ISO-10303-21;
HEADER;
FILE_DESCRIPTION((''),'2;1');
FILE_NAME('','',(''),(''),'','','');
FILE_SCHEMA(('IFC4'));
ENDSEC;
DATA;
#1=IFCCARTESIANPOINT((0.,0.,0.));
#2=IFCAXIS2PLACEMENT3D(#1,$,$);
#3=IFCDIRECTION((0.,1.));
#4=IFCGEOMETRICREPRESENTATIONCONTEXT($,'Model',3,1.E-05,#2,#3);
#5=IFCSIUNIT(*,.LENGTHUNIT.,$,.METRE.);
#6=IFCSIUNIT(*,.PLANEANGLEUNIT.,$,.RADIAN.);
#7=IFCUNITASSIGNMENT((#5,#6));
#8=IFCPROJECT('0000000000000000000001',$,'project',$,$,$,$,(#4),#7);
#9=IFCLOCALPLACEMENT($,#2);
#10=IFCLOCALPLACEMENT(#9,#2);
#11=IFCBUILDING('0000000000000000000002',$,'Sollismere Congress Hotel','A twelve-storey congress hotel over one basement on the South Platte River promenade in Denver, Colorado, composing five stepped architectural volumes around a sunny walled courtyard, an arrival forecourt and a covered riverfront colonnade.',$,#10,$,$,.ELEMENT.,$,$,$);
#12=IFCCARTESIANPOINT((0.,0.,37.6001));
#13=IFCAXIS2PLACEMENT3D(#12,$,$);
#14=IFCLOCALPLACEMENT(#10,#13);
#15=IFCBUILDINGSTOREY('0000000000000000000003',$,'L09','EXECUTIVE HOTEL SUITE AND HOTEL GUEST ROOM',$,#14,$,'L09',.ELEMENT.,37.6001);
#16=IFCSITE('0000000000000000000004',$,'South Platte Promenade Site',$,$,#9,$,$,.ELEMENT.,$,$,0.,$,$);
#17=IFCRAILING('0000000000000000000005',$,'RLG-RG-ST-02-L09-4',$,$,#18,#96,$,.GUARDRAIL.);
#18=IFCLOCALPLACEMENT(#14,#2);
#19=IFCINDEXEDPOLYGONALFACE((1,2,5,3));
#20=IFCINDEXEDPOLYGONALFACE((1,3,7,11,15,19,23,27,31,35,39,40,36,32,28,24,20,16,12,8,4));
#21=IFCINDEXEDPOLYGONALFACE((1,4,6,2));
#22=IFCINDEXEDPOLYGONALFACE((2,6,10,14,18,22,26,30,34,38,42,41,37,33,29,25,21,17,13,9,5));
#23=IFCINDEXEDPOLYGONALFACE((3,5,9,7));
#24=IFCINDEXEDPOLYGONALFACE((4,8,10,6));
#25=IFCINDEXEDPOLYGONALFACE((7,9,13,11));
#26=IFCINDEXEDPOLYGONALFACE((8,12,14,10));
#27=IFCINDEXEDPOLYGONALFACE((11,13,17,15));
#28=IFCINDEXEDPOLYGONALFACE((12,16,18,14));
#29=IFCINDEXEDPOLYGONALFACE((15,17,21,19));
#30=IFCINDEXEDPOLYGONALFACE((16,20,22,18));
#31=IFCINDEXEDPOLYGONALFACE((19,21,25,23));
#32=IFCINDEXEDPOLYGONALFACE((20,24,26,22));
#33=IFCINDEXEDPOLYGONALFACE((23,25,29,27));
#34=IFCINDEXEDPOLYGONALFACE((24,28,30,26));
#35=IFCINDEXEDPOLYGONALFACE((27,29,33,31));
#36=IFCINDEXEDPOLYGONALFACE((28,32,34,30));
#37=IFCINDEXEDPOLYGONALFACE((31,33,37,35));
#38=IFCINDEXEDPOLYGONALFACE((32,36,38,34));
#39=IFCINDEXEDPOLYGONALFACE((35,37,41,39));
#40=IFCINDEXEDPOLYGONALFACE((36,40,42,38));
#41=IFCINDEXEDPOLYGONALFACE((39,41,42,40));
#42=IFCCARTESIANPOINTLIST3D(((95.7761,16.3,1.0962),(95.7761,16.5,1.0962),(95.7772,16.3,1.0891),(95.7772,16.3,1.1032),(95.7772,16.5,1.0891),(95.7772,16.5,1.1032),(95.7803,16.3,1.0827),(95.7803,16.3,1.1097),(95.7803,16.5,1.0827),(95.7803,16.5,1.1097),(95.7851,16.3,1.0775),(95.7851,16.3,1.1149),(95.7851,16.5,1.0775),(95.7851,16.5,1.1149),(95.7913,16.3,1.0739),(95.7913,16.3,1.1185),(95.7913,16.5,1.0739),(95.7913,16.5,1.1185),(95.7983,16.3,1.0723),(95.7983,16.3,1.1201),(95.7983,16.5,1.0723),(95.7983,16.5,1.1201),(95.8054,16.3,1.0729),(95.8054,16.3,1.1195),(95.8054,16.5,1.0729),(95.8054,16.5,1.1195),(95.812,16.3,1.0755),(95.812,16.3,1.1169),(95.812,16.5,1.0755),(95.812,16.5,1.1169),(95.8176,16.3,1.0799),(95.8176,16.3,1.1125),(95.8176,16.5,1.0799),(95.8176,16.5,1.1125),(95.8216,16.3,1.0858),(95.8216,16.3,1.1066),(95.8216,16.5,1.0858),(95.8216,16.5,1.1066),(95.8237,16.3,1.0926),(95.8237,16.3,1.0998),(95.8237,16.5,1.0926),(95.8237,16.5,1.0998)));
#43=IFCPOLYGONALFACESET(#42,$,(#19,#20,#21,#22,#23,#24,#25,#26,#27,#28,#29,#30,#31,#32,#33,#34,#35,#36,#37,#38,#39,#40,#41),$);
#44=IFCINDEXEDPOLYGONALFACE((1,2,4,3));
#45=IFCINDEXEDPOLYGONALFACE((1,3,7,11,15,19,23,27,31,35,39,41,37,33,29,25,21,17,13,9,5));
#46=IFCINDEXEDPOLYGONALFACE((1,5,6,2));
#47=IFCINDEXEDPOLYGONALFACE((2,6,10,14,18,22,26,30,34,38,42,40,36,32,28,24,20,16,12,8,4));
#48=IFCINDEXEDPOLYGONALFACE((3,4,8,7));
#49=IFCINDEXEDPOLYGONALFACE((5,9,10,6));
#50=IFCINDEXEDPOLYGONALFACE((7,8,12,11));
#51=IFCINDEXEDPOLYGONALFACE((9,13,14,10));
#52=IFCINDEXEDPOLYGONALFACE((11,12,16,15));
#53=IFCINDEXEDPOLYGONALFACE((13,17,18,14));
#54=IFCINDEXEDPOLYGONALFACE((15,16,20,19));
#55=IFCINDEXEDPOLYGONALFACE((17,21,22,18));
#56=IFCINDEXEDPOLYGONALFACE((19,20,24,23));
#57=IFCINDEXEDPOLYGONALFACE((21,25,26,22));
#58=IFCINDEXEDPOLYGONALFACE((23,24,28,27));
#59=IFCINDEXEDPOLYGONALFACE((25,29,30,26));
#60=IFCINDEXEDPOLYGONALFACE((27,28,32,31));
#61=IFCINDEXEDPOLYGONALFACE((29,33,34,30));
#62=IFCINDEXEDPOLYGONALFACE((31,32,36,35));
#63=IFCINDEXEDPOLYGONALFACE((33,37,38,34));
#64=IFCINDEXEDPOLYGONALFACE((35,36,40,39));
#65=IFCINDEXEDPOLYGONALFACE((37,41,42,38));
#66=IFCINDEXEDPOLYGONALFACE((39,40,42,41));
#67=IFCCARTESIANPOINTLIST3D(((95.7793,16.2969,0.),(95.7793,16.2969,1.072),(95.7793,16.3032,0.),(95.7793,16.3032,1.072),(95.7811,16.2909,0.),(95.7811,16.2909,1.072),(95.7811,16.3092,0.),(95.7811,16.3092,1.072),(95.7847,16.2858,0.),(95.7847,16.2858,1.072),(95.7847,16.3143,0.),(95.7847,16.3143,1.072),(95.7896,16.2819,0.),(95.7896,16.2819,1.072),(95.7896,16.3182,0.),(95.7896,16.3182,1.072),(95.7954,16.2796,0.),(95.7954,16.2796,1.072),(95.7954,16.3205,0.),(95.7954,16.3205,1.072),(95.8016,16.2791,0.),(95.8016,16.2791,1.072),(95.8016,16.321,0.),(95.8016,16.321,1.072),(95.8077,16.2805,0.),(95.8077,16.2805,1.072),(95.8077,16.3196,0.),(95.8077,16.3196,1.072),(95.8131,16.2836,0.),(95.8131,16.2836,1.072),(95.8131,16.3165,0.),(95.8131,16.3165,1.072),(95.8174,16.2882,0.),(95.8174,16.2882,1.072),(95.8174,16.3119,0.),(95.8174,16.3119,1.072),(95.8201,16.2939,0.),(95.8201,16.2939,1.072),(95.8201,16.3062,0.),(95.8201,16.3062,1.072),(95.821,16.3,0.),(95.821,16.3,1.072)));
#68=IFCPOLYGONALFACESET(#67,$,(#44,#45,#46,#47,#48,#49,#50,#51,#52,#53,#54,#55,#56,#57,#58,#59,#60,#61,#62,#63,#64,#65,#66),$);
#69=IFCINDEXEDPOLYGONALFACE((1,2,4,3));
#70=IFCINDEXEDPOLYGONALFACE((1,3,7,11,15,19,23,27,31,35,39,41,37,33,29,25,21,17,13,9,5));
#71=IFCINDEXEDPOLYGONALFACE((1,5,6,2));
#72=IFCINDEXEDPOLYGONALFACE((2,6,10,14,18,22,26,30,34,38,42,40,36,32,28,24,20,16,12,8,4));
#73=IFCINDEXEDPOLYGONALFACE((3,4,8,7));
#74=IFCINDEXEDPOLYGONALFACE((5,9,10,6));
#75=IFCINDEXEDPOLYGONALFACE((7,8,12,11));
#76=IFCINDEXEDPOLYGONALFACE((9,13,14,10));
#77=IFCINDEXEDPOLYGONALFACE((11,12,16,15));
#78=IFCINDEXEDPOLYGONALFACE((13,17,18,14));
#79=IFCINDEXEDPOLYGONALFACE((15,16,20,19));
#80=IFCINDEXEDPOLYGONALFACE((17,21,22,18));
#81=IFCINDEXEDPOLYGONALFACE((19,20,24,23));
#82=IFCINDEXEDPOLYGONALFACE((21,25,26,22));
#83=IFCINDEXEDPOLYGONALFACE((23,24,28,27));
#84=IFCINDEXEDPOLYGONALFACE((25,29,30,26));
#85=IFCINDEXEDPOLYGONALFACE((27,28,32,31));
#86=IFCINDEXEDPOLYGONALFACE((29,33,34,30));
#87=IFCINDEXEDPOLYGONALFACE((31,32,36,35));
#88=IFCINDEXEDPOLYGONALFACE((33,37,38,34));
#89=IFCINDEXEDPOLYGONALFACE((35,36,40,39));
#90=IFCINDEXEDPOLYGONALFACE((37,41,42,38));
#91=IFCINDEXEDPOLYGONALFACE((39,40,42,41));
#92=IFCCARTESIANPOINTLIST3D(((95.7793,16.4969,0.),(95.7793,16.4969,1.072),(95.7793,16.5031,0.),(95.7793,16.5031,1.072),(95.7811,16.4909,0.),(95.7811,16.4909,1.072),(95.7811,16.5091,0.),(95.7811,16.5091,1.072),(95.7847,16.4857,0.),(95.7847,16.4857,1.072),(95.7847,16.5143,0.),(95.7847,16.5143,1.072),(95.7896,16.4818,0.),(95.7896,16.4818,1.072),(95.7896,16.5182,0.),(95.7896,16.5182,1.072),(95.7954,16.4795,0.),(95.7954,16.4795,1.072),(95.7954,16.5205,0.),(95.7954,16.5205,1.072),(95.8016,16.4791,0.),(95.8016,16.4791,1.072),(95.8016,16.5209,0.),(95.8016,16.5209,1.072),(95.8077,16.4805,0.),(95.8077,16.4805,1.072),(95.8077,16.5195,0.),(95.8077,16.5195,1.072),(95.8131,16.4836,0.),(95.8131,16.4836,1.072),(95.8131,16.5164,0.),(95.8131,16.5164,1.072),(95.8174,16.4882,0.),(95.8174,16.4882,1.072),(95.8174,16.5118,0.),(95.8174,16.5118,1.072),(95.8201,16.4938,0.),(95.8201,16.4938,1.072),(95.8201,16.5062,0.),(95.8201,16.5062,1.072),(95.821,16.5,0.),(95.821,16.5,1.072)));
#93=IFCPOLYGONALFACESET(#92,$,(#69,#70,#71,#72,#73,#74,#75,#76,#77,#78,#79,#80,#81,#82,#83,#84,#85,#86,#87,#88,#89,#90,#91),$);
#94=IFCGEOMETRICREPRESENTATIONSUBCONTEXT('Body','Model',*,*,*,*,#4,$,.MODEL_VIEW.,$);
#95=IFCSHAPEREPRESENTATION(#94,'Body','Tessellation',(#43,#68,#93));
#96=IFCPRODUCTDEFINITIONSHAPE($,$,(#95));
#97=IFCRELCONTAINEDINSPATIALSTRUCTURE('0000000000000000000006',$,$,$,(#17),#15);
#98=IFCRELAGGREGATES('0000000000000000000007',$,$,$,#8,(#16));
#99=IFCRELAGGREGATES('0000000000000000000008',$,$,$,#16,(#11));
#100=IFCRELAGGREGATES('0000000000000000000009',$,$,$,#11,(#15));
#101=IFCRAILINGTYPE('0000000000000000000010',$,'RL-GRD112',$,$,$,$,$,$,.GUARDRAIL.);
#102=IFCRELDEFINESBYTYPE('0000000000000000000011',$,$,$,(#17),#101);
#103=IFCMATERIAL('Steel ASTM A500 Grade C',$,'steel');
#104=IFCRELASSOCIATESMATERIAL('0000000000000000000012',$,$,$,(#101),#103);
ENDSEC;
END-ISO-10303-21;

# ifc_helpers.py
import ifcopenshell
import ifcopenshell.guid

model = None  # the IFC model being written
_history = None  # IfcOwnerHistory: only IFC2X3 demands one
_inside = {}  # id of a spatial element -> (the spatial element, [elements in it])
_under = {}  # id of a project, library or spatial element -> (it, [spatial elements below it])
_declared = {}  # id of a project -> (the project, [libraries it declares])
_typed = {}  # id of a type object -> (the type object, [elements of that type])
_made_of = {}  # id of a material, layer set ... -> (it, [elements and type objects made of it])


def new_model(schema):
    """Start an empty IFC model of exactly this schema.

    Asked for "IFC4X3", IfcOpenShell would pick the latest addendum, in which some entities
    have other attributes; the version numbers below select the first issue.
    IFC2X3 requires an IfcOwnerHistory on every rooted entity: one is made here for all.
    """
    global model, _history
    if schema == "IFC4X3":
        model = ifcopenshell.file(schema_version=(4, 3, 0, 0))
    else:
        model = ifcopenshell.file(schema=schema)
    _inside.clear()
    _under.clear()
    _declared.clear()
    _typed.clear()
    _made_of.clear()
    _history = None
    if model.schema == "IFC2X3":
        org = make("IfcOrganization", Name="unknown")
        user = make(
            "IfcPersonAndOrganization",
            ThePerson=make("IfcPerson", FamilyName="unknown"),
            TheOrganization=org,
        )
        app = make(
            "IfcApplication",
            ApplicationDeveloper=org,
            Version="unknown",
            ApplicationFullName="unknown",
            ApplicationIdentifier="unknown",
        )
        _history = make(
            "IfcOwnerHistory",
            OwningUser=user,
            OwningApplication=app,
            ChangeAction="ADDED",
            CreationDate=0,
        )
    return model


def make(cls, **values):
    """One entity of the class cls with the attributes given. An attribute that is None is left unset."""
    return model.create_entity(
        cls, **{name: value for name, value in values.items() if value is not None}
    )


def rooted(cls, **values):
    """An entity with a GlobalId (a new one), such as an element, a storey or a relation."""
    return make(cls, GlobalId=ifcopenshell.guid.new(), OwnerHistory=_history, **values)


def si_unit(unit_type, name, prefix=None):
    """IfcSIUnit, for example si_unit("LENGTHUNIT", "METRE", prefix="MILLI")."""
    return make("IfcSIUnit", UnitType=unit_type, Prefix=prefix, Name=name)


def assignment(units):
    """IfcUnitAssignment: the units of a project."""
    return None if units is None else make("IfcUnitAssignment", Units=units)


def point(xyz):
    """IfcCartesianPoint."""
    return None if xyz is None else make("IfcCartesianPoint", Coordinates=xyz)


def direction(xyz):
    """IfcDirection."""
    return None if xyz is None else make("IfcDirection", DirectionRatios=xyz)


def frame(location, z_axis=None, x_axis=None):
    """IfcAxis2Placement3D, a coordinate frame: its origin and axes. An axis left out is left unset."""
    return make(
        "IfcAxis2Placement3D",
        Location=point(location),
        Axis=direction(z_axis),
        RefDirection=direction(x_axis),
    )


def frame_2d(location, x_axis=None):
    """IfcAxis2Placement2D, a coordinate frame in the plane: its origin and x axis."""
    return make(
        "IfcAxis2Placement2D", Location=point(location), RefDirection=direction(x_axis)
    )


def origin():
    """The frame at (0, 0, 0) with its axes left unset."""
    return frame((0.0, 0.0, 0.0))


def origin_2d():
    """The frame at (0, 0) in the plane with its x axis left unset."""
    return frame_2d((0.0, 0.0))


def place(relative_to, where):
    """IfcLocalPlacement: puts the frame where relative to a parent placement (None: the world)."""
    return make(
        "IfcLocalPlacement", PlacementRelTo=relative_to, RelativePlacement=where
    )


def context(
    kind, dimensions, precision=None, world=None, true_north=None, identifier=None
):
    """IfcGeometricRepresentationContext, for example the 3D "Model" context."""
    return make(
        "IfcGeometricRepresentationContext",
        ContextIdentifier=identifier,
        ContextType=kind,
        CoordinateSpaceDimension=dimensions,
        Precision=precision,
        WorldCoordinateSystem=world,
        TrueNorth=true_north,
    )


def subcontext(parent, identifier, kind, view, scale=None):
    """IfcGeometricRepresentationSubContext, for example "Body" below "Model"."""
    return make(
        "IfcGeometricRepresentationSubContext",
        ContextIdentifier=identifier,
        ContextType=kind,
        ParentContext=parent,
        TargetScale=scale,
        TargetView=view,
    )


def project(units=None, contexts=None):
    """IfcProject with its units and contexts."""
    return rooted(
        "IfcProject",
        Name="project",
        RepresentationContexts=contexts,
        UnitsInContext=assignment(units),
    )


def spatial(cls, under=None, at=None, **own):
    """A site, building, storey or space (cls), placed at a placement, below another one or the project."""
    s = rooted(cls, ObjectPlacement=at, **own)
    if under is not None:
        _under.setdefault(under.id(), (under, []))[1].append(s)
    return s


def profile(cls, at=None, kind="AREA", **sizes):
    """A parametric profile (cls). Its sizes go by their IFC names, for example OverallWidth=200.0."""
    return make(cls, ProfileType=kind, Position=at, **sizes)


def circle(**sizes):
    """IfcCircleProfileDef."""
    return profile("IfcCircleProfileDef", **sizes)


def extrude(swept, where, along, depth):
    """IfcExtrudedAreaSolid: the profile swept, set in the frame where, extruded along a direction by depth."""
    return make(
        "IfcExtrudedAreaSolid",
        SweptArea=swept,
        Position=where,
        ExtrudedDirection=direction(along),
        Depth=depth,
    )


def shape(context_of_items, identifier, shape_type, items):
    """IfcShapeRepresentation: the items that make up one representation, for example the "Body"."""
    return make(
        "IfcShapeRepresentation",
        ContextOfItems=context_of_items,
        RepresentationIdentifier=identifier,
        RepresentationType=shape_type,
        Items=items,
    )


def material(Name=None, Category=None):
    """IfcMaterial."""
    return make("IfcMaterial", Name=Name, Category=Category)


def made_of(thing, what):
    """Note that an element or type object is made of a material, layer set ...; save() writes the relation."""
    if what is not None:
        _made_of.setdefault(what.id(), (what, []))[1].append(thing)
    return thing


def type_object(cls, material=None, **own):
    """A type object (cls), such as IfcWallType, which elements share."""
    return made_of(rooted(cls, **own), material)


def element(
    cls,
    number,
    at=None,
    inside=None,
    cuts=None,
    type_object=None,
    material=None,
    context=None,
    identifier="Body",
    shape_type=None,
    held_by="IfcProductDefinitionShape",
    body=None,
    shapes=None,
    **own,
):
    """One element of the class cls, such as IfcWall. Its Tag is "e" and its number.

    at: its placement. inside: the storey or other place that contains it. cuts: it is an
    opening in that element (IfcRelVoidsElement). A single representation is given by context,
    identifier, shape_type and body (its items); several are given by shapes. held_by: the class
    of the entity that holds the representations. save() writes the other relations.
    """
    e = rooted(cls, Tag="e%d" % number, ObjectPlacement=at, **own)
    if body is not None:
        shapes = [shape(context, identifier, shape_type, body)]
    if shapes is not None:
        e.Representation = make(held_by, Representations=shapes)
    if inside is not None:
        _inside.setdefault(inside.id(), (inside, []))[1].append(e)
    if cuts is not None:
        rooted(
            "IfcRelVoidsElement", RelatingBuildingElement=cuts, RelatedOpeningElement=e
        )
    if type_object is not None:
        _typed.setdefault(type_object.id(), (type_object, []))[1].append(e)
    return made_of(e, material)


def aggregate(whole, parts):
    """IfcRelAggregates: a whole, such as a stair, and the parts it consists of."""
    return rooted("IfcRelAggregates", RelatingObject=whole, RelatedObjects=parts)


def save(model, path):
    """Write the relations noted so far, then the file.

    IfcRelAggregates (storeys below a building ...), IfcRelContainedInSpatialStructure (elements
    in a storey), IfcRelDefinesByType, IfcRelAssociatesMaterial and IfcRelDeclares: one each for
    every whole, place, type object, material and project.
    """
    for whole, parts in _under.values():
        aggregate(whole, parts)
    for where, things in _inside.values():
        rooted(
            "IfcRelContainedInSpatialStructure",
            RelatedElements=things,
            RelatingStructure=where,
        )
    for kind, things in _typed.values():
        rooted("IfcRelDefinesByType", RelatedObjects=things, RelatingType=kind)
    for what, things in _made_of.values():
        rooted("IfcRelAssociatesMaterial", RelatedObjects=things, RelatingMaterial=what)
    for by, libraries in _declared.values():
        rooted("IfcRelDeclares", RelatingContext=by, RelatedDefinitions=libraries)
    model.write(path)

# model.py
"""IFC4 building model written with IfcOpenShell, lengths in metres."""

from ifc_helpers import new_model, si_unit, direction, frame, origin, origin_2d, place, context, subcontext, project, spatial, circle, extrude, material, type_object, element, save


model = new_model("IFC4")

# Units and contexts
model_context = context("Model", 3, precision=1e-05, world=origin(), true_north=direction((0.0, 1.0)))
body_context = subcontext(model_context, "Body", "Model", "MODEL_VIEW")
ifc_project = project(units=[si_unit("LENGTHUNIT", "METRE"), si_unit("PLANEANGLEUNIT", "RADIAN")], contexts=[model_context])

# Site, building, storey
site_placement = place(None, origin())
site = spatial("IfcSite", under=ifc_project, at=site_placement, Name="South Platte Promenade Site", CompositionType="ELEMENT", RefElevation=0.0)
building_placement = place(site_placement, origin())
building = spatial("IfcBuilding", under=site, at=building_placement, Name="Sollismere Congress Hotel", Description="A twelve-storey congress hotel over one basement on the South Platte River promenade in Denver, Colorado, composing five stepped architectural volumes around a sunny walled courtyard, an arrival forecourt and a covered riverfront colonnade.", CompositionType="ELEMENT")
storey_placement = place(building_placement, frame((0.0, 0.0, 37.6001)))
storey = spatial("IfcBuildingStorey", under=building, at=storey_placement, Name="L09", Description="EXECUTIVE HOTEL SUITE AND HOTEL GUEST ROOM", LongName="L09", CompositionType="ELEMENT", Elevation=37.6001)

# Shared definitions
ifc_material_1 = material(Name="Steel ASTM A500 Grade C", Category="steel")

# Railing
railing_type_1 = type_object("IfcRailingType", Name="RL-GRD112", PredefinedType="GUARDRAIL", material=ifc_material_1)
railing_1_placement = place(storey_placement, frame((95.8, 16.3, 0.0)))
element("IfcRailing", 1, at=railing_1_placement, inside=storey, type_object=railing_type_1, Name="RLG-RG-ST-02-L09-4", PredefinedType="GUARDRAIL", context=body_context, shape_type="SweptSolid", body=[
    extrude(circle(Radius=0.0239, at=origin_2d()), frame((0.0, 0.0, 1.0962), z_axis=(0.0, 1.0, 0.0), x_axis=(-1.0, 0.0, 0.0)), (0.0, 0.0, 1.0), 0.2),
    extrude(circle(Radius=0.021, at=origin_2d()), origin(), (0.0, 0.0, 1.0), 1.072),
    extrude(circle(Radius=0.021, at=origin_2d()), frame((0.0, 0.2, 0.0)), (0.0, 0.0, 1.0), 1.072),
])

save(model, "model.ifc")
